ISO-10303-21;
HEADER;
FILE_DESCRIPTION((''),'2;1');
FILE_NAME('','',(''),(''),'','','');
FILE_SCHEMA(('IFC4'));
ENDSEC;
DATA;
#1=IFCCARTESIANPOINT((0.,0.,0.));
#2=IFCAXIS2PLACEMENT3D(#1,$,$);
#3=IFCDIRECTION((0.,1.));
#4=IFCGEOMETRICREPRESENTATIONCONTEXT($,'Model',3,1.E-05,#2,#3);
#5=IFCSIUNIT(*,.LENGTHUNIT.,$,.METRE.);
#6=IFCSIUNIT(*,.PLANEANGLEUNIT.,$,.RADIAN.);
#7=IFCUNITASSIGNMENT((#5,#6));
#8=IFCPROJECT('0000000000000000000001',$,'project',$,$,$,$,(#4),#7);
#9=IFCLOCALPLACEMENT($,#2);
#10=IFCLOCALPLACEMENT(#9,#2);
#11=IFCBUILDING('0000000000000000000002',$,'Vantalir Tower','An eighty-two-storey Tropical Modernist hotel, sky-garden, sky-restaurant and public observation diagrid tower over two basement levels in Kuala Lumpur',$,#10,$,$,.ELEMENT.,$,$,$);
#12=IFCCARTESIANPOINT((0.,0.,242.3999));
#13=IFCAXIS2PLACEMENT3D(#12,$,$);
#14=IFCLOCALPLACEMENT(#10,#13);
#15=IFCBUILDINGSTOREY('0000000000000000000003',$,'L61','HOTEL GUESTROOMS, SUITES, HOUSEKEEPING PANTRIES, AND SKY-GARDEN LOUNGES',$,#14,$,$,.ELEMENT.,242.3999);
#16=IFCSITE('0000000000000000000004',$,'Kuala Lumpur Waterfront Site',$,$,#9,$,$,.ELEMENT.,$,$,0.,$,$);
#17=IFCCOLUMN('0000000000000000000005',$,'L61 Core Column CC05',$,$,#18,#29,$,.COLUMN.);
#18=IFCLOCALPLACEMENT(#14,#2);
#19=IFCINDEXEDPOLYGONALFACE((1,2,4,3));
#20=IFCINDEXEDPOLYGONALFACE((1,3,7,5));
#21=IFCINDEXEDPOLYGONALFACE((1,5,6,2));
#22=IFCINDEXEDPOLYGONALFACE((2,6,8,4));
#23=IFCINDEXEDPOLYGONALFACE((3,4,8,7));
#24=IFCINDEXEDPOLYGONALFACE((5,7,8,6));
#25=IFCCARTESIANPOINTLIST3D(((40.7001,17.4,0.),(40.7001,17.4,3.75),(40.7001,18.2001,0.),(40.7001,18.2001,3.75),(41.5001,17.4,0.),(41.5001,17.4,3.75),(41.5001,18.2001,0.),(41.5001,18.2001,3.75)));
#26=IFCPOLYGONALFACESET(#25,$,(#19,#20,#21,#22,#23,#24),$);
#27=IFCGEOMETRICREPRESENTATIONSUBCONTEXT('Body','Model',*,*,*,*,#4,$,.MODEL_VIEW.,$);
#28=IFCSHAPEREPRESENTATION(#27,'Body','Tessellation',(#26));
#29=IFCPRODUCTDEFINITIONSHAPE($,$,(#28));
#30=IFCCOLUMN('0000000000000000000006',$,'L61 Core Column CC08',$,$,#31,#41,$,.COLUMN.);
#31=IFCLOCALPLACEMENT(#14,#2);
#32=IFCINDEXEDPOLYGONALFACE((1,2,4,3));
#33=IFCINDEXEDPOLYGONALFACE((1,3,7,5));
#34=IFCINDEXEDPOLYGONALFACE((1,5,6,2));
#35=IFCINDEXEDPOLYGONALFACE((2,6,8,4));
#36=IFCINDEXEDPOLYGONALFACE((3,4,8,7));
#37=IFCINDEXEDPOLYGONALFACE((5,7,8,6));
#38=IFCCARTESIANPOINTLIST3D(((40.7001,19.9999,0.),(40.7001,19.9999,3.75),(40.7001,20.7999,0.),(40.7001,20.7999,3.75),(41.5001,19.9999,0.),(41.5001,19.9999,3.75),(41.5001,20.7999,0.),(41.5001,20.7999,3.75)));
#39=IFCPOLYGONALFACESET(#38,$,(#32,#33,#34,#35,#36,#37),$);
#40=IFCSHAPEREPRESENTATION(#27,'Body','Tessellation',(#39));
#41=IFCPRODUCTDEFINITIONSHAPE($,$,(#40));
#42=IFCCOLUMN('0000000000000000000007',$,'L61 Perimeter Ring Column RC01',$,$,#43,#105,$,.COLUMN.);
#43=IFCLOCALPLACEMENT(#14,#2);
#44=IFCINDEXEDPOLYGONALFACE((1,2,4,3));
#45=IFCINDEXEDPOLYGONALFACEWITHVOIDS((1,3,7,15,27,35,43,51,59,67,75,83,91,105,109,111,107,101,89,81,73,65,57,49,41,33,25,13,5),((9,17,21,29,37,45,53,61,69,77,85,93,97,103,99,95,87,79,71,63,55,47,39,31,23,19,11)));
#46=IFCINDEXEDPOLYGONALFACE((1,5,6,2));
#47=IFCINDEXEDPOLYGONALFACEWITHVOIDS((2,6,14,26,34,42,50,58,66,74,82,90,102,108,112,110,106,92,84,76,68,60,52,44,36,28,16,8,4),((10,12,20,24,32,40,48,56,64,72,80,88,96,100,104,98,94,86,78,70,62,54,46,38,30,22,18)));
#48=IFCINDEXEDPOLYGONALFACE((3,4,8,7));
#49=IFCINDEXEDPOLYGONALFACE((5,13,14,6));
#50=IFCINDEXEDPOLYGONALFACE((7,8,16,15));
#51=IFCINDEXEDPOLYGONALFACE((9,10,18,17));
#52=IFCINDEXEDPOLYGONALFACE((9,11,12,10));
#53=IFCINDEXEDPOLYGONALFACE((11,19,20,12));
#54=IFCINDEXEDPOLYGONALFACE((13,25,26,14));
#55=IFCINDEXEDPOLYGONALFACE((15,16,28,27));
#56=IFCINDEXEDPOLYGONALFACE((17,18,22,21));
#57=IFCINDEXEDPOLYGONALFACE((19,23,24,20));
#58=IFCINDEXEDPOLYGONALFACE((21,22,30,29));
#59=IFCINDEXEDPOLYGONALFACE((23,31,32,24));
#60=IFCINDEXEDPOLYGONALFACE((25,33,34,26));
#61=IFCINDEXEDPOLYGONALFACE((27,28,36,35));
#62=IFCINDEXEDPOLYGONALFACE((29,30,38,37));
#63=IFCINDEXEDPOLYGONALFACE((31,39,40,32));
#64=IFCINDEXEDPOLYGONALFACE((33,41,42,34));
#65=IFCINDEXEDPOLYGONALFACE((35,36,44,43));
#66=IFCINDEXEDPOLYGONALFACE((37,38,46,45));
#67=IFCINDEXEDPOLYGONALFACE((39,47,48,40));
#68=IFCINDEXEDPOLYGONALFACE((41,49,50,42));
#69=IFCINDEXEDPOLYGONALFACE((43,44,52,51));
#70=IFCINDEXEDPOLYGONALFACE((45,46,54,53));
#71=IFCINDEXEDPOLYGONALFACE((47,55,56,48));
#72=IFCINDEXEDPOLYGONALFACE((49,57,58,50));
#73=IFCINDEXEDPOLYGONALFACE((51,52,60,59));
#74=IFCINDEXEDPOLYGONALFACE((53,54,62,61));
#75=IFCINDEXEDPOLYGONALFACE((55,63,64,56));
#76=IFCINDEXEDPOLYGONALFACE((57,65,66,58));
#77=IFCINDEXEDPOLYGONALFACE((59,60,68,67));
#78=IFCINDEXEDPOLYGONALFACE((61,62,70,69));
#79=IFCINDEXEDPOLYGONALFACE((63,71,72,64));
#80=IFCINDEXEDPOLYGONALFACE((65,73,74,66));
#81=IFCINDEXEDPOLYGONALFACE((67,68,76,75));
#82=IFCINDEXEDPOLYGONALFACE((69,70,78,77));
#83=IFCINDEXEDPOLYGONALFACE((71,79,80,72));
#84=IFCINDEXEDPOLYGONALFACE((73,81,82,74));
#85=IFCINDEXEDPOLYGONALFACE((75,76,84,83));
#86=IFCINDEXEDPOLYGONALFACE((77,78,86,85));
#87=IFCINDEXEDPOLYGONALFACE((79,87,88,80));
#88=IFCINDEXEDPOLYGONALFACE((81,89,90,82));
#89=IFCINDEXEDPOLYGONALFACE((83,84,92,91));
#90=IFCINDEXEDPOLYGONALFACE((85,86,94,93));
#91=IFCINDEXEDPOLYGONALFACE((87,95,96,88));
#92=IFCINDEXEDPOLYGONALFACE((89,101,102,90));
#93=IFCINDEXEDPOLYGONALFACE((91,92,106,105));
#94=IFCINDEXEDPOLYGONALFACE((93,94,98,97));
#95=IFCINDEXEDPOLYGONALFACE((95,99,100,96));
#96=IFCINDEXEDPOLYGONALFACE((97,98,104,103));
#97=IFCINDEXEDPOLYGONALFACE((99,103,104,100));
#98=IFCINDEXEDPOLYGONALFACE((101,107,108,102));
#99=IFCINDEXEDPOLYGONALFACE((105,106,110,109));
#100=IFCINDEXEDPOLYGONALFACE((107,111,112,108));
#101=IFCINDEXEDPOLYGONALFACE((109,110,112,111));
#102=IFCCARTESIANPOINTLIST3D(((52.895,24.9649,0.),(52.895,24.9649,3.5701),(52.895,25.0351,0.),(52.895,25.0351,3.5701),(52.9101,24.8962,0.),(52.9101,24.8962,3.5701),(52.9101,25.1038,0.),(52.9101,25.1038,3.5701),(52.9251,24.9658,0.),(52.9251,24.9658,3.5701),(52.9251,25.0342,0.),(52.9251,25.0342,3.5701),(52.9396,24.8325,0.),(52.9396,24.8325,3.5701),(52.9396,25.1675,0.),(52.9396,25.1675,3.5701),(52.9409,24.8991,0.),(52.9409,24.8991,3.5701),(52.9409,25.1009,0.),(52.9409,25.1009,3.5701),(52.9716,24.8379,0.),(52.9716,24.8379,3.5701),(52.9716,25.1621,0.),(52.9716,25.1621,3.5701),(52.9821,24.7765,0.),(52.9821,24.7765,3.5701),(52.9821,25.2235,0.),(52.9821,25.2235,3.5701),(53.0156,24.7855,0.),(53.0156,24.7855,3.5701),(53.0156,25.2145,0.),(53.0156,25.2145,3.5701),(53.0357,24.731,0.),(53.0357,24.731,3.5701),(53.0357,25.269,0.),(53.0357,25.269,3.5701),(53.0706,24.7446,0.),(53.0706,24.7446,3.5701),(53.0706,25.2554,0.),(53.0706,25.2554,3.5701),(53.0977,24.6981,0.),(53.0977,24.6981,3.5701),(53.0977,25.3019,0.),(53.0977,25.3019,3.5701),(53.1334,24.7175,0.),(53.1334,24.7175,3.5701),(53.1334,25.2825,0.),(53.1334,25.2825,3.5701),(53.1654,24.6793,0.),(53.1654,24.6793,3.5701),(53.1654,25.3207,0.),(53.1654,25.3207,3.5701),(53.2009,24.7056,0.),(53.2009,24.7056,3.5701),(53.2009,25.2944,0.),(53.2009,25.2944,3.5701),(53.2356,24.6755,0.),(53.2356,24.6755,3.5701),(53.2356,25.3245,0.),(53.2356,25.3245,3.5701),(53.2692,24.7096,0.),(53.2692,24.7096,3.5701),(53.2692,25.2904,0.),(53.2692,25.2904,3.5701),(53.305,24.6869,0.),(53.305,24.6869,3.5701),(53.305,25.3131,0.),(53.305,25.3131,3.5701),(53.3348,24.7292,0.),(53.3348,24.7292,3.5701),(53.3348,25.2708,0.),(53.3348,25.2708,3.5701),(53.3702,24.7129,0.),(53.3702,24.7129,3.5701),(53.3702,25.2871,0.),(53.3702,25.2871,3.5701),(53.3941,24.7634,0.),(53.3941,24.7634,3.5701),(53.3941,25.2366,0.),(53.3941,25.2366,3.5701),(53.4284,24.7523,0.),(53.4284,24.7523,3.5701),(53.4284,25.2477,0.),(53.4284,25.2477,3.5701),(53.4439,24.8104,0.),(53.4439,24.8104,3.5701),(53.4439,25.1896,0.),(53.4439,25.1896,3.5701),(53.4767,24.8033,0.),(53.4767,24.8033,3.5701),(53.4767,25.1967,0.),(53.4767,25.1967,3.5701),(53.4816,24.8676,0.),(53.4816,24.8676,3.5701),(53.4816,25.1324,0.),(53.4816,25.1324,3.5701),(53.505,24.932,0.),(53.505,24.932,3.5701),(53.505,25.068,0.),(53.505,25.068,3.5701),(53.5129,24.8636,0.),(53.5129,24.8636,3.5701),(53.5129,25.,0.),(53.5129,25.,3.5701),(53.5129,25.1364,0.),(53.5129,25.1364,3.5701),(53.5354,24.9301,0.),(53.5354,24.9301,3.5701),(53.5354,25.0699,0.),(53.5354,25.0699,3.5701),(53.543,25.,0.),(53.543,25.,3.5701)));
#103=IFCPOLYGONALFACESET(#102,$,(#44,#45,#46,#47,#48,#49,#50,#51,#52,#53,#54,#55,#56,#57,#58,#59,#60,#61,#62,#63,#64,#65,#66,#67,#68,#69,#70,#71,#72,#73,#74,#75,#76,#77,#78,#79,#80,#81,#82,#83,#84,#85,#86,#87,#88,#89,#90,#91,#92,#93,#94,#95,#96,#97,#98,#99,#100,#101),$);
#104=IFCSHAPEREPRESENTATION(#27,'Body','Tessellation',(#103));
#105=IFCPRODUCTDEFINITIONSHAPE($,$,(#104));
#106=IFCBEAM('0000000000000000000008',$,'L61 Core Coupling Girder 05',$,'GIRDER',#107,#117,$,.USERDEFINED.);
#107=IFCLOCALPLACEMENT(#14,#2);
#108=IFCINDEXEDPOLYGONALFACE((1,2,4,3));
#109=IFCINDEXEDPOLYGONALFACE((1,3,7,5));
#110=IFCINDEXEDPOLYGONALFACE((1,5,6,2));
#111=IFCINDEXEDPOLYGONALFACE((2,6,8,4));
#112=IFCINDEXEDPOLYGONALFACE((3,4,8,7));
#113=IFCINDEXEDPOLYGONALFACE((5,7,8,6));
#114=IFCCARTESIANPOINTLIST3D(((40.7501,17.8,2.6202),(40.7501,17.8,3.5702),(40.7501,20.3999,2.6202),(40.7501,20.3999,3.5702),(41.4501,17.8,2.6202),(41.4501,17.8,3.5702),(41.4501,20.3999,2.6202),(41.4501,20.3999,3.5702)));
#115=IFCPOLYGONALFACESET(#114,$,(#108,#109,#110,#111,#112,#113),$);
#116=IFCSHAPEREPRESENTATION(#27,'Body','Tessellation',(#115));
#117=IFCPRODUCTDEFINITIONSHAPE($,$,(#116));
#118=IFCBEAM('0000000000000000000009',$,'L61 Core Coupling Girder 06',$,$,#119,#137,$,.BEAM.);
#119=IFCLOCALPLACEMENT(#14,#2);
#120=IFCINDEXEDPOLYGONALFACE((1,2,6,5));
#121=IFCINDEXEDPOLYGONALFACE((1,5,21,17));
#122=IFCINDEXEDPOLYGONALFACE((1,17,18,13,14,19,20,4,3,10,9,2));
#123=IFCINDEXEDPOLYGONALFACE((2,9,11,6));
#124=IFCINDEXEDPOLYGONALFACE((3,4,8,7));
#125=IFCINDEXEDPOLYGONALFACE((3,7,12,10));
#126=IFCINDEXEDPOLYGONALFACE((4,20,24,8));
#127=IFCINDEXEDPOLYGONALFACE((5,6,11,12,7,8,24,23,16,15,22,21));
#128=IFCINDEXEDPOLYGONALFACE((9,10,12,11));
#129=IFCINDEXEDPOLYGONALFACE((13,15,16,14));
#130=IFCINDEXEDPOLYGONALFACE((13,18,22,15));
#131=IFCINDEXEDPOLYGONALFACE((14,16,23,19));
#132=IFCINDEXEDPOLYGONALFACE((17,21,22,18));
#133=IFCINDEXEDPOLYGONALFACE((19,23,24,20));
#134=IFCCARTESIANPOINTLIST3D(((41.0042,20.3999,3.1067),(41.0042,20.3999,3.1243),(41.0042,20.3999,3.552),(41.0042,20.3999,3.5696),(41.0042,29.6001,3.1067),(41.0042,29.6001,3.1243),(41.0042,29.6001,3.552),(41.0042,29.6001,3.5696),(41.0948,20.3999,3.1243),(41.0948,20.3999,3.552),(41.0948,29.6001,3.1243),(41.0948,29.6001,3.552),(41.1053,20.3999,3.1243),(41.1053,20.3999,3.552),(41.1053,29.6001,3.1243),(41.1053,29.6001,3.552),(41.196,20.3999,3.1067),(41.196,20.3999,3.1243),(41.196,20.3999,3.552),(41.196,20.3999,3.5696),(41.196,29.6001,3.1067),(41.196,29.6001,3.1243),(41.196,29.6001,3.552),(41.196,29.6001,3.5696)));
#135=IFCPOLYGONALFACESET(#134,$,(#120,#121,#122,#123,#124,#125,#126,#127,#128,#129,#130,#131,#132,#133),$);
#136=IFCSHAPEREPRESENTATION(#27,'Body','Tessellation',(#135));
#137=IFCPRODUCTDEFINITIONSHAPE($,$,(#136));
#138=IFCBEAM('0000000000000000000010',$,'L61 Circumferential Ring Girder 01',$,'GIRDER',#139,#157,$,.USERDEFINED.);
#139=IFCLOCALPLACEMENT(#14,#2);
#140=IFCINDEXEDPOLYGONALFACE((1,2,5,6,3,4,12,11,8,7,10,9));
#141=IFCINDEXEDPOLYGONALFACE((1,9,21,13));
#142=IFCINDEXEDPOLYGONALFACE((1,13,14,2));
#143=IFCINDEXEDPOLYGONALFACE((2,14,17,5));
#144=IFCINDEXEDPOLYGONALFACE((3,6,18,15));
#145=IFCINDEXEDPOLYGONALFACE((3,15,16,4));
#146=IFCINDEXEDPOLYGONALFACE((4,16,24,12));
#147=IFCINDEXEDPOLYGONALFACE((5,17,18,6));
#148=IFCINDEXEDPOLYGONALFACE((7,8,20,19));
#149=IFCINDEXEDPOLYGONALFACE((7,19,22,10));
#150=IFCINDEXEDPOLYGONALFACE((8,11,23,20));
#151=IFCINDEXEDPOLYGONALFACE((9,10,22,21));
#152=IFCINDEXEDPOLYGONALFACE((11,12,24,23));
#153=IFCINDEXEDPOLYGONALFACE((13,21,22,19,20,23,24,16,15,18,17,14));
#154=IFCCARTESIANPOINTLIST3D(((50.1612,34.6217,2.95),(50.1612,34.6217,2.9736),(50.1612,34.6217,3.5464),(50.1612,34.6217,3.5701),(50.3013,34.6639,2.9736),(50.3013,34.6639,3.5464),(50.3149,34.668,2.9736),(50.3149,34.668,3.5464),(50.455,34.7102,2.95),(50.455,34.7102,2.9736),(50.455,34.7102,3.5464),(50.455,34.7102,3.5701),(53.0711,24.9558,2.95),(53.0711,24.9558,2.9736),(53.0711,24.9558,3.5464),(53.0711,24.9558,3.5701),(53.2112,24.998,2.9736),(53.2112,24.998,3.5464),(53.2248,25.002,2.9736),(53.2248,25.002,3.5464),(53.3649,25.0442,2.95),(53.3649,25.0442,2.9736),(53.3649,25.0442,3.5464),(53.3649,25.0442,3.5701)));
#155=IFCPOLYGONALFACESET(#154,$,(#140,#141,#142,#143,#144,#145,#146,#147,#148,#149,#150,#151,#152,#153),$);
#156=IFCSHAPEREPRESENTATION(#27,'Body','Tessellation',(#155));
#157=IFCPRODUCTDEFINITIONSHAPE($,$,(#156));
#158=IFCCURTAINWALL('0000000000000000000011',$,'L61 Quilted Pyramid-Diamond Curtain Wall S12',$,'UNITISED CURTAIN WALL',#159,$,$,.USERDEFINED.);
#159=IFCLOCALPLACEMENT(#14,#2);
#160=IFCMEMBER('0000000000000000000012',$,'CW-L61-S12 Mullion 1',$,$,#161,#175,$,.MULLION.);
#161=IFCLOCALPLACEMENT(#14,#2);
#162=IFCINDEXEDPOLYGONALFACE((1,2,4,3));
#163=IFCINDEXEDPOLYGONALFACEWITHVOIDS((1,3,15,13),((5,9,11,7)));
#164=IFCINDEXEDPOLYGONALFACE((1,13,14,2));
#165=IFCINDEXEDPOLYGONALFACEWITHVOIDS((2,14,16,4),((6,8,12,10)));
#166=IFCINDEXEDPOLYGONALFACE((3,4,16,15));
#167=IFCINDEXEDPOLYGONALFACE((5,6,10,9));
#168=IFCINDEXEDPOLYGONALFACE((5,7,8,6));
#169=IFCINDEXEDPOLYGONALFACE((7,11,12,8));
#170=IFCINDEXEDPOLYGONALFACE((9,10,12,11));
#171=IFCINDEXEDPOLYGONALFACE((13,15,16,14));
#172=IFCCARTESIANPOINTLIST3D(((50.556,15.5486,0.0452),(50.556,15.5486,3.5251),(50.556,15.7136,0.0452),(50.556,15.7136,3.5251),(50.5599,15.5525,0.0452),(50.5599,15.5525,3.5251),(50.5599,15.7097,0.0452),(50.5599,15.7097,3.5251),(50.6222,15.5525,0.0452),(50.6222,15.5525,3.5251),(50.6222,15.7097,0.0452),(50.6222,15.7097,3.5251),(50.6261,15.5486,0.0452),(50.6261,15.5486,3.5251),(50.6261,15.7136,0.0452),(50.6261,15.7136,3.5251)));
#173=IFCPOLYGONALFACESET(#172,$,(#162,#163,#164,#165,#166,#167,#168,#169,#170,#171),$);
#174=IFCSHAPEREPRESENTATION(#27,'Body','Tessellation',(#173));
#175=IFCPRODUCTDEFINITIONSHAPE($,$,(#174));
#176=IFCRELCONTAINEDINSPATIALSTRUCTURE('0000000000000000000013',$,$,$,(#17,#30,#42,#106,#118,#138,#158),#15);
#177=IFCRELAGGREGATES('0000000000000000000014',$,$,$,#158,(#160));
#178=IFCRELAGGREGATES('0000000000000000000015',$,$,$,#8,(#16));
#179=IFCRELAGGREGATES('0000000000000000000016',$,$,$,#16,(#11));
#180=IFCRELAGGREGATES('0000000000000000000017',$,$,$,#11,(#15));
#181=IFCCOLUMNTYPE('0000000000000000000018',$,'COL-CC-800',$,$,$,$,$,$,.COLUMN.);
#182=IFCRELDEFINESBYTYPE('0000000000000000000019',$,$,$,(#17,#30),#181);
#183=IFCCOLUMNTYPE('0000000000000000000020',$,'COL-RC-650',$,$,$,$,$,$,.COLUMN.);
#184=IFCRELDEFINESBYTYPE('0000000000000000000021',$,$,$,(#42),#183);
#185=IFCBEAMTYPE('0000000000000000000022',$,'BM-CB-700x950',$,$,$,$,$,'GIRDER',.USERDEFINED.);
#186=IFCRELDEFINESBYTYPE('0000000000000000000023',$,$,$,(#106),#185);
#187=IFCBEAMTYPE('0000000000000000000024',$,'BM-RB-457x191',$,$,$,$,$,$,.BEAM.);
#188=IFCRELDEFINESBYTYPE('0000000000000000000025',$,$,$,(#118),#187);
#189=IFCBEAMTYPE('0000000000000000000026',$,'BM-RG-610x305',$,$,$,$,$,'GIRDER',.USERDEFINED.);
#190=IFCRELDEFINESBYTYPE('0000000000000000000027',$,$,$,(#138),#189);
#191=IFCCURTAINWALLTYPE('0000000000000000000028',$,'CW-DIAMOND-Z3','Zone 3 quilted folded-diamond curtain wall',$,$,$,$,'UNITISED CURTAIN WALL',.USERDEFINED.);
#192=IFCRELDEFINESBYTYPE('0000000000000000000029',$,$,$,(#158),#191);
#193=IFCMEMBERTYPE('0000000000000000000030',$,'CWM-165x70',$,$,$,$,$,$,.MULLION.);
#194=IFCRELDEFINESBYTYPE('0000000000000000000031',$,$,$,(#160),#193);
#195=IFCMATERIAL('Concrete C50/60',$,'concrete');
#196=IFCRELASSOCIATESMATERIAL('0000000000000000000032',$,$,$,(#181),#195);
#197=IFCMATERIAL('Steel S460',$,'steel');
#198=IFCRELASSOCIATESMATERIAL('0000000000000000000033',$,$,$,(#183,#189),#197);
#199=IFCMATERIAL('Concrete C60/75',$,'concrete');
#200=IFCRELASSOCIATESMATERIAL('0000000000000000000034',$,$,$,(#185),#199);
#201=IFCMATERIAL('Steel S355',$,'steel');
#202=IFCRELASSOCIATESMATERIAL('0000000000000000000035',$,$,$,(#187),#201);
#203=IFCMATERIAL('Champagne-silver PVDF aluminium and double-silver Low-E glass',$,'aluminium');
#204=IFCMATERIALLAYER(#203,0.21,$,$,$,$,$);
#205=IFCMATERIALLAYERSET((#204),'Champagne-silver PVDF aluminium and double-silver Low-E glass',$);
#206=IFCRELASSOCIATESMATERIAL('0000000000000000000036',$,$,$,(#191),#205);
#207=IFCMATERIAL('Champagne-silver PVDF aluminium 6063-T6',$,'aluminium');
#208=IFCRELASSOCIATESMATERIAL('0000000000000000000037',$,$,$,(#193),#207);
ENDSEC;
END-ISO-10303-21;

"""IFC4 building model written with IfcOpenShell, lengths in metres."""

from ifc_helpers import new_model, si_unit, direction, frame, origin, origin_2d, place, context, subcontext, project, spatial, rectangle, hollow_rectangle, hollow_circle, i_section, extrude, material, layer, layer_set, material_profile, profile_set, type_object, element, aggregate, save


model = new_model("IFC4")

# Units and contexts
model_context = context("Model", 3, precision=1e-05, world=origin(), true_north=direction((0.0, 1.0)))
body_context = subcontext(model_context, "Body", "Model", "MODEL_VIEW")
ifc_project = project(units=[si_unit("LENGTHUNIT", "METRE"), si_unit("PLANEANGLEUNIT", "RADIAN")], contexts=[model_context])

# Site, building, storey
site_placement = place(None, origin())
site = spatial("IfcSite", under=ifc_project, at=site_placement, Name="Kuala Lumpur Waterfront Site", CompositionType="ELEMENT", RefElevation=0.0)
building_placement = place(site_placement, origin())
building = spatial("IfcBuilding", under=site, at=building_placement, Name="Vantalir Tower", Description="An eighty-two-storey Tropical Modernist hotel, sky-garden, sky-restaurant and public observation diagrid tower over two basement levels in Kuala Lumpur", CompositionType="ELEMENT")
storey_placement = place(building_placement, frame((0.0, 0.0, 242.3999)))
storey = spatial("IfcBuildingStorey", under=building, at=storey_placement, Name="L61", Description="HOTEL GUESTROOMS, SUITES, HOUSEKEEPING PANTRIES, AND SKY-GARDEN LOUNGES", CompositionType="ELEMENT", Elevation=242.3999)

# Columns
ifc_material_1 = material(Name="Concrete C50/60", Category="concrete")
ifc_material_profile_1 = material_profile(ifc_material_1, rectangle(XDim=0.8, YDim=0.8, at=origin_2d()), Name="Concrete C50/60")
ifc_profile_set_1 = profile_set([ifc_material_profile_1], Name="Concrete C50/60")
column_type_1 = type_object("IfcColumnType", Name="COL-CC-800", PredefinedType="COLUMN", material=ifc_profile_set_1)
for number, where, z_axis, x_axis, name in (
    (1, (41.1001, 17.8, 0.0), (0.0, 0.0, 1.0), (1.0, 0.0, 0.0), "L61 Core Column CC05"),
    (2, (41.1001, 20.3999, 0.0), (0.0, 0.0, 1.0), (1.0, 0.0, 0.0), "L61 Core Column CC08"),
):
    element("IfcColumn", number, at=place(storey_placement, frame(where, z_axis=z_axis, x_axis=x_axis)), inside=storey, type_object=column_type_1, Name=name, PredefinedType="COLUMN", context=body_context, shape_type="SweptSolid", body=[
        extrude(rectangle(XDim=0.8, YDim=0.8, at=origin_2d()), origin(), (0.0, 0.0, 1.0), 3.75),
    ])
ifc_material_2 = material(Name="Steel S460", Category="steel")
ifc_material_profile_2 = material_profile(ifc_material_2, hollow_circle(Radius=0.325, WallThickness=0.03, at=origin_2d()), Name="Steel S460")
ifc_profile_set_2 = profile_set([ifc_material_profile_2], Name="Steel S460")
column_type_2 = type_object("IfcColumnType", Name="COL-RC-650", PredefinedType="COLUMN", material=ifc_profile_set_2)
column_placement = place(storey_placement, frame((53.218, 25.0, 0.0), z_axis=(0.0, 0.0, 1.0), x_axis=(1.0, 0.0, 0.0)))
element("IfcColumn", 3, at=column_placement, inside=storey, type_object=column_type_2, Name="L61 Perimeter Ring Column RC01", PredefinedType="COLUMN", context=body_context, shape_type="SweptSolid", body=[
    extrude(hollow_circle(Radius=0.325, WallThickness=0.03, at=origin_2d()), origin(), (0.0, 0.0, 1.0), 3.5701),
])

# Beams
ifc_material_3 = material(Name="Concrete C60/75", Category="concrete")
ifc_material_profile_3 = material_profile(ifc_material_3, rectangle(XDim=0.7, YDim=0.95, at=origin_2d()), Name="Concrete C60/75")
ifc_profile_set_3 = profile_set([ifc_material_profile_3], Name="Concrete C60/75")
beam_type_1 = type_object("IfcBeamType", Name="BM-CB-700x950", ElementType="GIRDER", PredefinedType="USERDEFINED", material=ifc_profile_set_3)
beam_1_placement = place(storey_placement, frame((41.1001, 17.8, 3.0952), z_axis=(0.0, 1.0, 0.0), x_axis=(-1.0, 0.0, 0.0)))
element("IfcBeam", 4, at=beam_1_placement, inside=storey, type_object=beam_type_1, Name="L61 Core Coupling Girder 05", ObjectType="GIRDER", PredefinedType="USERDEFINED", context=body_context, shape_type="SweptSolid", body=[
    extrude(rectangle(XDim=0.7, YDim=0.95, at=origin_2d()), origin(), (0.0, 0.0, 1.0), 2.5999),
])
ifc_material_4 = material(Name="Steel S355", Category="steel")
ifc_material_profile_4 = material_profile(ifc_material_4, i_section(OverallWidth=0.1919, OverallDepth=0.4629, WebThickness=0.0105, FlangeThickness=0.0176, at=origin_2d()), Name="Steel S355")
ifc_profile_set_4 = profile_set([ifc_material_profile_4], Name="Steel S355")
beam_type_2 = type_object("IfcBeamType", Name="BM-RB-457x191", PredefinedType="BEAM", material=ifc_profile_set_4)
beam_2_placement = place(storey_placement, frame((41.1001, 20.3999, 3.3381), z_axis=(0.0, 1.0, 0.0), x_axis=(-1.0, 0.0, 0.0)))
element("IfcBeam", 5, at=beam_2_placement, inside=storey, type_object=beam_type_2, Name="L61 Core Coupling Girder 06", PredefinedType="BEAM", context=body_context, shape_type="SweptSolid", body=[
    extrude(i_section(OverallWidth=0.1919, OverallDepth=0.4629, WebThickness=0.0105, FlangeThickness=0.0176, at=origin_2d()), origin(), (0.0, 0.0, 1.0), 9.2002),
])
ifc_material_profile_5 = material_profile(ifc_material_2, i_section(OverallWidth=0.3069, OverallDepth=0.6201, WebThickness=0.0142, FlangeThickness=0.0237, at=origin_2d()), Name="Steel S460")
ifc_profile_set_5 = profile_set([ifc_material_profile_5], Name="Steel S460")
beam_type_3 = type_object("IfcBeamType", Name="BM-RG-610x305", ElementType="GIRDER", PredefinedType="USERDEFINED", material=ifc_profile_set_5)
beam_3_placement = place(storey_placement, frame((53.218, 25.0, 3.26), z_axis=(-0.288266, 0.95755, 0.0), x_axis=(-0.95755, -0.288266, 0.0)))
element("IfcBeam", 6, at=beam_3_placement, inside=storey, type_object=beam_type_3, Name="L61 Circumferential Ring Girder 01", ObjectType="GIRDER", PredefinedType="USERDEFINED", context=body_context, shape_type="SweptSolid", body=[
    extrude(i_section(OverallWidth=0.3069, OverallDepth=0.6201, WebThickness=0.0142, FlangeThickness=0.0237, at=origin_2d()), origin(), (0.0, 0.0, 1.0), 10.0945),
])

# Curtain wall, member
ifc_material_5 = material(Name="Champagne-silver PVDF aluminium and double-silver Low-E glass", Category="aluminium")
ifc_layer_1 = layer(ifc_material_5, 0.21)
ifc_layer_set_1 = layer_set([ifc_layer_1], Name="Champagne-silver PVDF aluminium and double-silver Low-E glass")
curtain_wall_type = type_object("IfcCurtainWallType", Name="CW-DIAMOND-Z3", Description="Zone 3 quilted folded-diamond curtain wall", ElementType="UNITISED CURTAIN WALL", PredefinedType="USERDEFINED", material=ifc_layer_set_1)
curtain_wall_placement = place(storey_placement, origin())
curtain_wall = element("IfcCurtainWall", 7, at=curtain_wall_placement, inside=storey, type_object=curtain_wall_type, Name="L61 Quilted Pyramid-Diamond Curtain Wall S12", ObjectType="UNITISED CURTAIN WALL", PredefinedType="USERDEFINED")
ifc_material_6 = material(Name="Champagne-silver PVDF aluminium 6063-T6", Category="aluminium")
ifc_material_profile_6 = material_profile(ifc_material_6, hollow_rectangle(XDim=0.0701, YDim=0.165, WallThickness=0.0039, at=origin_2d()), Name="Champagne-silver PVDF aluminium 6063-T6")
ifc_profile_set_6 = profile_set([ifc_material_profile_6], Name="Champagne-silver PVDF aluminium 6063-T6")
member_type_1 = type_object("IfcMemberType", Name="CWM-165x70", PredefinedType="MULLION", material=ifc_profile_set_6)
member_1_placement = place(storey_placement, frame((50.5911, 15.6311, 0.0452), z_axis=(0.0, 0.0, 1.0), x_axis=(1.0, 0.0, 0.0)))
member_1 = element("IfcMember", 8, at=member_1_placement, type_object=member_type_1, Name="CW-L61-S12 Mullion 1", PredefinedType="MULLION", context=body_context, shape_type="SweptSolid", body=[
    extrude(hollow_rectangle(XDim=0.0701, YDim=0.165, WallThickness=0.0039, at=origin_2d()), origin(), (0.0, 0.0, 1.0), 3.48),
])

aggregate(curtain_wall, [member_1])

save(model, "model.ifc")
